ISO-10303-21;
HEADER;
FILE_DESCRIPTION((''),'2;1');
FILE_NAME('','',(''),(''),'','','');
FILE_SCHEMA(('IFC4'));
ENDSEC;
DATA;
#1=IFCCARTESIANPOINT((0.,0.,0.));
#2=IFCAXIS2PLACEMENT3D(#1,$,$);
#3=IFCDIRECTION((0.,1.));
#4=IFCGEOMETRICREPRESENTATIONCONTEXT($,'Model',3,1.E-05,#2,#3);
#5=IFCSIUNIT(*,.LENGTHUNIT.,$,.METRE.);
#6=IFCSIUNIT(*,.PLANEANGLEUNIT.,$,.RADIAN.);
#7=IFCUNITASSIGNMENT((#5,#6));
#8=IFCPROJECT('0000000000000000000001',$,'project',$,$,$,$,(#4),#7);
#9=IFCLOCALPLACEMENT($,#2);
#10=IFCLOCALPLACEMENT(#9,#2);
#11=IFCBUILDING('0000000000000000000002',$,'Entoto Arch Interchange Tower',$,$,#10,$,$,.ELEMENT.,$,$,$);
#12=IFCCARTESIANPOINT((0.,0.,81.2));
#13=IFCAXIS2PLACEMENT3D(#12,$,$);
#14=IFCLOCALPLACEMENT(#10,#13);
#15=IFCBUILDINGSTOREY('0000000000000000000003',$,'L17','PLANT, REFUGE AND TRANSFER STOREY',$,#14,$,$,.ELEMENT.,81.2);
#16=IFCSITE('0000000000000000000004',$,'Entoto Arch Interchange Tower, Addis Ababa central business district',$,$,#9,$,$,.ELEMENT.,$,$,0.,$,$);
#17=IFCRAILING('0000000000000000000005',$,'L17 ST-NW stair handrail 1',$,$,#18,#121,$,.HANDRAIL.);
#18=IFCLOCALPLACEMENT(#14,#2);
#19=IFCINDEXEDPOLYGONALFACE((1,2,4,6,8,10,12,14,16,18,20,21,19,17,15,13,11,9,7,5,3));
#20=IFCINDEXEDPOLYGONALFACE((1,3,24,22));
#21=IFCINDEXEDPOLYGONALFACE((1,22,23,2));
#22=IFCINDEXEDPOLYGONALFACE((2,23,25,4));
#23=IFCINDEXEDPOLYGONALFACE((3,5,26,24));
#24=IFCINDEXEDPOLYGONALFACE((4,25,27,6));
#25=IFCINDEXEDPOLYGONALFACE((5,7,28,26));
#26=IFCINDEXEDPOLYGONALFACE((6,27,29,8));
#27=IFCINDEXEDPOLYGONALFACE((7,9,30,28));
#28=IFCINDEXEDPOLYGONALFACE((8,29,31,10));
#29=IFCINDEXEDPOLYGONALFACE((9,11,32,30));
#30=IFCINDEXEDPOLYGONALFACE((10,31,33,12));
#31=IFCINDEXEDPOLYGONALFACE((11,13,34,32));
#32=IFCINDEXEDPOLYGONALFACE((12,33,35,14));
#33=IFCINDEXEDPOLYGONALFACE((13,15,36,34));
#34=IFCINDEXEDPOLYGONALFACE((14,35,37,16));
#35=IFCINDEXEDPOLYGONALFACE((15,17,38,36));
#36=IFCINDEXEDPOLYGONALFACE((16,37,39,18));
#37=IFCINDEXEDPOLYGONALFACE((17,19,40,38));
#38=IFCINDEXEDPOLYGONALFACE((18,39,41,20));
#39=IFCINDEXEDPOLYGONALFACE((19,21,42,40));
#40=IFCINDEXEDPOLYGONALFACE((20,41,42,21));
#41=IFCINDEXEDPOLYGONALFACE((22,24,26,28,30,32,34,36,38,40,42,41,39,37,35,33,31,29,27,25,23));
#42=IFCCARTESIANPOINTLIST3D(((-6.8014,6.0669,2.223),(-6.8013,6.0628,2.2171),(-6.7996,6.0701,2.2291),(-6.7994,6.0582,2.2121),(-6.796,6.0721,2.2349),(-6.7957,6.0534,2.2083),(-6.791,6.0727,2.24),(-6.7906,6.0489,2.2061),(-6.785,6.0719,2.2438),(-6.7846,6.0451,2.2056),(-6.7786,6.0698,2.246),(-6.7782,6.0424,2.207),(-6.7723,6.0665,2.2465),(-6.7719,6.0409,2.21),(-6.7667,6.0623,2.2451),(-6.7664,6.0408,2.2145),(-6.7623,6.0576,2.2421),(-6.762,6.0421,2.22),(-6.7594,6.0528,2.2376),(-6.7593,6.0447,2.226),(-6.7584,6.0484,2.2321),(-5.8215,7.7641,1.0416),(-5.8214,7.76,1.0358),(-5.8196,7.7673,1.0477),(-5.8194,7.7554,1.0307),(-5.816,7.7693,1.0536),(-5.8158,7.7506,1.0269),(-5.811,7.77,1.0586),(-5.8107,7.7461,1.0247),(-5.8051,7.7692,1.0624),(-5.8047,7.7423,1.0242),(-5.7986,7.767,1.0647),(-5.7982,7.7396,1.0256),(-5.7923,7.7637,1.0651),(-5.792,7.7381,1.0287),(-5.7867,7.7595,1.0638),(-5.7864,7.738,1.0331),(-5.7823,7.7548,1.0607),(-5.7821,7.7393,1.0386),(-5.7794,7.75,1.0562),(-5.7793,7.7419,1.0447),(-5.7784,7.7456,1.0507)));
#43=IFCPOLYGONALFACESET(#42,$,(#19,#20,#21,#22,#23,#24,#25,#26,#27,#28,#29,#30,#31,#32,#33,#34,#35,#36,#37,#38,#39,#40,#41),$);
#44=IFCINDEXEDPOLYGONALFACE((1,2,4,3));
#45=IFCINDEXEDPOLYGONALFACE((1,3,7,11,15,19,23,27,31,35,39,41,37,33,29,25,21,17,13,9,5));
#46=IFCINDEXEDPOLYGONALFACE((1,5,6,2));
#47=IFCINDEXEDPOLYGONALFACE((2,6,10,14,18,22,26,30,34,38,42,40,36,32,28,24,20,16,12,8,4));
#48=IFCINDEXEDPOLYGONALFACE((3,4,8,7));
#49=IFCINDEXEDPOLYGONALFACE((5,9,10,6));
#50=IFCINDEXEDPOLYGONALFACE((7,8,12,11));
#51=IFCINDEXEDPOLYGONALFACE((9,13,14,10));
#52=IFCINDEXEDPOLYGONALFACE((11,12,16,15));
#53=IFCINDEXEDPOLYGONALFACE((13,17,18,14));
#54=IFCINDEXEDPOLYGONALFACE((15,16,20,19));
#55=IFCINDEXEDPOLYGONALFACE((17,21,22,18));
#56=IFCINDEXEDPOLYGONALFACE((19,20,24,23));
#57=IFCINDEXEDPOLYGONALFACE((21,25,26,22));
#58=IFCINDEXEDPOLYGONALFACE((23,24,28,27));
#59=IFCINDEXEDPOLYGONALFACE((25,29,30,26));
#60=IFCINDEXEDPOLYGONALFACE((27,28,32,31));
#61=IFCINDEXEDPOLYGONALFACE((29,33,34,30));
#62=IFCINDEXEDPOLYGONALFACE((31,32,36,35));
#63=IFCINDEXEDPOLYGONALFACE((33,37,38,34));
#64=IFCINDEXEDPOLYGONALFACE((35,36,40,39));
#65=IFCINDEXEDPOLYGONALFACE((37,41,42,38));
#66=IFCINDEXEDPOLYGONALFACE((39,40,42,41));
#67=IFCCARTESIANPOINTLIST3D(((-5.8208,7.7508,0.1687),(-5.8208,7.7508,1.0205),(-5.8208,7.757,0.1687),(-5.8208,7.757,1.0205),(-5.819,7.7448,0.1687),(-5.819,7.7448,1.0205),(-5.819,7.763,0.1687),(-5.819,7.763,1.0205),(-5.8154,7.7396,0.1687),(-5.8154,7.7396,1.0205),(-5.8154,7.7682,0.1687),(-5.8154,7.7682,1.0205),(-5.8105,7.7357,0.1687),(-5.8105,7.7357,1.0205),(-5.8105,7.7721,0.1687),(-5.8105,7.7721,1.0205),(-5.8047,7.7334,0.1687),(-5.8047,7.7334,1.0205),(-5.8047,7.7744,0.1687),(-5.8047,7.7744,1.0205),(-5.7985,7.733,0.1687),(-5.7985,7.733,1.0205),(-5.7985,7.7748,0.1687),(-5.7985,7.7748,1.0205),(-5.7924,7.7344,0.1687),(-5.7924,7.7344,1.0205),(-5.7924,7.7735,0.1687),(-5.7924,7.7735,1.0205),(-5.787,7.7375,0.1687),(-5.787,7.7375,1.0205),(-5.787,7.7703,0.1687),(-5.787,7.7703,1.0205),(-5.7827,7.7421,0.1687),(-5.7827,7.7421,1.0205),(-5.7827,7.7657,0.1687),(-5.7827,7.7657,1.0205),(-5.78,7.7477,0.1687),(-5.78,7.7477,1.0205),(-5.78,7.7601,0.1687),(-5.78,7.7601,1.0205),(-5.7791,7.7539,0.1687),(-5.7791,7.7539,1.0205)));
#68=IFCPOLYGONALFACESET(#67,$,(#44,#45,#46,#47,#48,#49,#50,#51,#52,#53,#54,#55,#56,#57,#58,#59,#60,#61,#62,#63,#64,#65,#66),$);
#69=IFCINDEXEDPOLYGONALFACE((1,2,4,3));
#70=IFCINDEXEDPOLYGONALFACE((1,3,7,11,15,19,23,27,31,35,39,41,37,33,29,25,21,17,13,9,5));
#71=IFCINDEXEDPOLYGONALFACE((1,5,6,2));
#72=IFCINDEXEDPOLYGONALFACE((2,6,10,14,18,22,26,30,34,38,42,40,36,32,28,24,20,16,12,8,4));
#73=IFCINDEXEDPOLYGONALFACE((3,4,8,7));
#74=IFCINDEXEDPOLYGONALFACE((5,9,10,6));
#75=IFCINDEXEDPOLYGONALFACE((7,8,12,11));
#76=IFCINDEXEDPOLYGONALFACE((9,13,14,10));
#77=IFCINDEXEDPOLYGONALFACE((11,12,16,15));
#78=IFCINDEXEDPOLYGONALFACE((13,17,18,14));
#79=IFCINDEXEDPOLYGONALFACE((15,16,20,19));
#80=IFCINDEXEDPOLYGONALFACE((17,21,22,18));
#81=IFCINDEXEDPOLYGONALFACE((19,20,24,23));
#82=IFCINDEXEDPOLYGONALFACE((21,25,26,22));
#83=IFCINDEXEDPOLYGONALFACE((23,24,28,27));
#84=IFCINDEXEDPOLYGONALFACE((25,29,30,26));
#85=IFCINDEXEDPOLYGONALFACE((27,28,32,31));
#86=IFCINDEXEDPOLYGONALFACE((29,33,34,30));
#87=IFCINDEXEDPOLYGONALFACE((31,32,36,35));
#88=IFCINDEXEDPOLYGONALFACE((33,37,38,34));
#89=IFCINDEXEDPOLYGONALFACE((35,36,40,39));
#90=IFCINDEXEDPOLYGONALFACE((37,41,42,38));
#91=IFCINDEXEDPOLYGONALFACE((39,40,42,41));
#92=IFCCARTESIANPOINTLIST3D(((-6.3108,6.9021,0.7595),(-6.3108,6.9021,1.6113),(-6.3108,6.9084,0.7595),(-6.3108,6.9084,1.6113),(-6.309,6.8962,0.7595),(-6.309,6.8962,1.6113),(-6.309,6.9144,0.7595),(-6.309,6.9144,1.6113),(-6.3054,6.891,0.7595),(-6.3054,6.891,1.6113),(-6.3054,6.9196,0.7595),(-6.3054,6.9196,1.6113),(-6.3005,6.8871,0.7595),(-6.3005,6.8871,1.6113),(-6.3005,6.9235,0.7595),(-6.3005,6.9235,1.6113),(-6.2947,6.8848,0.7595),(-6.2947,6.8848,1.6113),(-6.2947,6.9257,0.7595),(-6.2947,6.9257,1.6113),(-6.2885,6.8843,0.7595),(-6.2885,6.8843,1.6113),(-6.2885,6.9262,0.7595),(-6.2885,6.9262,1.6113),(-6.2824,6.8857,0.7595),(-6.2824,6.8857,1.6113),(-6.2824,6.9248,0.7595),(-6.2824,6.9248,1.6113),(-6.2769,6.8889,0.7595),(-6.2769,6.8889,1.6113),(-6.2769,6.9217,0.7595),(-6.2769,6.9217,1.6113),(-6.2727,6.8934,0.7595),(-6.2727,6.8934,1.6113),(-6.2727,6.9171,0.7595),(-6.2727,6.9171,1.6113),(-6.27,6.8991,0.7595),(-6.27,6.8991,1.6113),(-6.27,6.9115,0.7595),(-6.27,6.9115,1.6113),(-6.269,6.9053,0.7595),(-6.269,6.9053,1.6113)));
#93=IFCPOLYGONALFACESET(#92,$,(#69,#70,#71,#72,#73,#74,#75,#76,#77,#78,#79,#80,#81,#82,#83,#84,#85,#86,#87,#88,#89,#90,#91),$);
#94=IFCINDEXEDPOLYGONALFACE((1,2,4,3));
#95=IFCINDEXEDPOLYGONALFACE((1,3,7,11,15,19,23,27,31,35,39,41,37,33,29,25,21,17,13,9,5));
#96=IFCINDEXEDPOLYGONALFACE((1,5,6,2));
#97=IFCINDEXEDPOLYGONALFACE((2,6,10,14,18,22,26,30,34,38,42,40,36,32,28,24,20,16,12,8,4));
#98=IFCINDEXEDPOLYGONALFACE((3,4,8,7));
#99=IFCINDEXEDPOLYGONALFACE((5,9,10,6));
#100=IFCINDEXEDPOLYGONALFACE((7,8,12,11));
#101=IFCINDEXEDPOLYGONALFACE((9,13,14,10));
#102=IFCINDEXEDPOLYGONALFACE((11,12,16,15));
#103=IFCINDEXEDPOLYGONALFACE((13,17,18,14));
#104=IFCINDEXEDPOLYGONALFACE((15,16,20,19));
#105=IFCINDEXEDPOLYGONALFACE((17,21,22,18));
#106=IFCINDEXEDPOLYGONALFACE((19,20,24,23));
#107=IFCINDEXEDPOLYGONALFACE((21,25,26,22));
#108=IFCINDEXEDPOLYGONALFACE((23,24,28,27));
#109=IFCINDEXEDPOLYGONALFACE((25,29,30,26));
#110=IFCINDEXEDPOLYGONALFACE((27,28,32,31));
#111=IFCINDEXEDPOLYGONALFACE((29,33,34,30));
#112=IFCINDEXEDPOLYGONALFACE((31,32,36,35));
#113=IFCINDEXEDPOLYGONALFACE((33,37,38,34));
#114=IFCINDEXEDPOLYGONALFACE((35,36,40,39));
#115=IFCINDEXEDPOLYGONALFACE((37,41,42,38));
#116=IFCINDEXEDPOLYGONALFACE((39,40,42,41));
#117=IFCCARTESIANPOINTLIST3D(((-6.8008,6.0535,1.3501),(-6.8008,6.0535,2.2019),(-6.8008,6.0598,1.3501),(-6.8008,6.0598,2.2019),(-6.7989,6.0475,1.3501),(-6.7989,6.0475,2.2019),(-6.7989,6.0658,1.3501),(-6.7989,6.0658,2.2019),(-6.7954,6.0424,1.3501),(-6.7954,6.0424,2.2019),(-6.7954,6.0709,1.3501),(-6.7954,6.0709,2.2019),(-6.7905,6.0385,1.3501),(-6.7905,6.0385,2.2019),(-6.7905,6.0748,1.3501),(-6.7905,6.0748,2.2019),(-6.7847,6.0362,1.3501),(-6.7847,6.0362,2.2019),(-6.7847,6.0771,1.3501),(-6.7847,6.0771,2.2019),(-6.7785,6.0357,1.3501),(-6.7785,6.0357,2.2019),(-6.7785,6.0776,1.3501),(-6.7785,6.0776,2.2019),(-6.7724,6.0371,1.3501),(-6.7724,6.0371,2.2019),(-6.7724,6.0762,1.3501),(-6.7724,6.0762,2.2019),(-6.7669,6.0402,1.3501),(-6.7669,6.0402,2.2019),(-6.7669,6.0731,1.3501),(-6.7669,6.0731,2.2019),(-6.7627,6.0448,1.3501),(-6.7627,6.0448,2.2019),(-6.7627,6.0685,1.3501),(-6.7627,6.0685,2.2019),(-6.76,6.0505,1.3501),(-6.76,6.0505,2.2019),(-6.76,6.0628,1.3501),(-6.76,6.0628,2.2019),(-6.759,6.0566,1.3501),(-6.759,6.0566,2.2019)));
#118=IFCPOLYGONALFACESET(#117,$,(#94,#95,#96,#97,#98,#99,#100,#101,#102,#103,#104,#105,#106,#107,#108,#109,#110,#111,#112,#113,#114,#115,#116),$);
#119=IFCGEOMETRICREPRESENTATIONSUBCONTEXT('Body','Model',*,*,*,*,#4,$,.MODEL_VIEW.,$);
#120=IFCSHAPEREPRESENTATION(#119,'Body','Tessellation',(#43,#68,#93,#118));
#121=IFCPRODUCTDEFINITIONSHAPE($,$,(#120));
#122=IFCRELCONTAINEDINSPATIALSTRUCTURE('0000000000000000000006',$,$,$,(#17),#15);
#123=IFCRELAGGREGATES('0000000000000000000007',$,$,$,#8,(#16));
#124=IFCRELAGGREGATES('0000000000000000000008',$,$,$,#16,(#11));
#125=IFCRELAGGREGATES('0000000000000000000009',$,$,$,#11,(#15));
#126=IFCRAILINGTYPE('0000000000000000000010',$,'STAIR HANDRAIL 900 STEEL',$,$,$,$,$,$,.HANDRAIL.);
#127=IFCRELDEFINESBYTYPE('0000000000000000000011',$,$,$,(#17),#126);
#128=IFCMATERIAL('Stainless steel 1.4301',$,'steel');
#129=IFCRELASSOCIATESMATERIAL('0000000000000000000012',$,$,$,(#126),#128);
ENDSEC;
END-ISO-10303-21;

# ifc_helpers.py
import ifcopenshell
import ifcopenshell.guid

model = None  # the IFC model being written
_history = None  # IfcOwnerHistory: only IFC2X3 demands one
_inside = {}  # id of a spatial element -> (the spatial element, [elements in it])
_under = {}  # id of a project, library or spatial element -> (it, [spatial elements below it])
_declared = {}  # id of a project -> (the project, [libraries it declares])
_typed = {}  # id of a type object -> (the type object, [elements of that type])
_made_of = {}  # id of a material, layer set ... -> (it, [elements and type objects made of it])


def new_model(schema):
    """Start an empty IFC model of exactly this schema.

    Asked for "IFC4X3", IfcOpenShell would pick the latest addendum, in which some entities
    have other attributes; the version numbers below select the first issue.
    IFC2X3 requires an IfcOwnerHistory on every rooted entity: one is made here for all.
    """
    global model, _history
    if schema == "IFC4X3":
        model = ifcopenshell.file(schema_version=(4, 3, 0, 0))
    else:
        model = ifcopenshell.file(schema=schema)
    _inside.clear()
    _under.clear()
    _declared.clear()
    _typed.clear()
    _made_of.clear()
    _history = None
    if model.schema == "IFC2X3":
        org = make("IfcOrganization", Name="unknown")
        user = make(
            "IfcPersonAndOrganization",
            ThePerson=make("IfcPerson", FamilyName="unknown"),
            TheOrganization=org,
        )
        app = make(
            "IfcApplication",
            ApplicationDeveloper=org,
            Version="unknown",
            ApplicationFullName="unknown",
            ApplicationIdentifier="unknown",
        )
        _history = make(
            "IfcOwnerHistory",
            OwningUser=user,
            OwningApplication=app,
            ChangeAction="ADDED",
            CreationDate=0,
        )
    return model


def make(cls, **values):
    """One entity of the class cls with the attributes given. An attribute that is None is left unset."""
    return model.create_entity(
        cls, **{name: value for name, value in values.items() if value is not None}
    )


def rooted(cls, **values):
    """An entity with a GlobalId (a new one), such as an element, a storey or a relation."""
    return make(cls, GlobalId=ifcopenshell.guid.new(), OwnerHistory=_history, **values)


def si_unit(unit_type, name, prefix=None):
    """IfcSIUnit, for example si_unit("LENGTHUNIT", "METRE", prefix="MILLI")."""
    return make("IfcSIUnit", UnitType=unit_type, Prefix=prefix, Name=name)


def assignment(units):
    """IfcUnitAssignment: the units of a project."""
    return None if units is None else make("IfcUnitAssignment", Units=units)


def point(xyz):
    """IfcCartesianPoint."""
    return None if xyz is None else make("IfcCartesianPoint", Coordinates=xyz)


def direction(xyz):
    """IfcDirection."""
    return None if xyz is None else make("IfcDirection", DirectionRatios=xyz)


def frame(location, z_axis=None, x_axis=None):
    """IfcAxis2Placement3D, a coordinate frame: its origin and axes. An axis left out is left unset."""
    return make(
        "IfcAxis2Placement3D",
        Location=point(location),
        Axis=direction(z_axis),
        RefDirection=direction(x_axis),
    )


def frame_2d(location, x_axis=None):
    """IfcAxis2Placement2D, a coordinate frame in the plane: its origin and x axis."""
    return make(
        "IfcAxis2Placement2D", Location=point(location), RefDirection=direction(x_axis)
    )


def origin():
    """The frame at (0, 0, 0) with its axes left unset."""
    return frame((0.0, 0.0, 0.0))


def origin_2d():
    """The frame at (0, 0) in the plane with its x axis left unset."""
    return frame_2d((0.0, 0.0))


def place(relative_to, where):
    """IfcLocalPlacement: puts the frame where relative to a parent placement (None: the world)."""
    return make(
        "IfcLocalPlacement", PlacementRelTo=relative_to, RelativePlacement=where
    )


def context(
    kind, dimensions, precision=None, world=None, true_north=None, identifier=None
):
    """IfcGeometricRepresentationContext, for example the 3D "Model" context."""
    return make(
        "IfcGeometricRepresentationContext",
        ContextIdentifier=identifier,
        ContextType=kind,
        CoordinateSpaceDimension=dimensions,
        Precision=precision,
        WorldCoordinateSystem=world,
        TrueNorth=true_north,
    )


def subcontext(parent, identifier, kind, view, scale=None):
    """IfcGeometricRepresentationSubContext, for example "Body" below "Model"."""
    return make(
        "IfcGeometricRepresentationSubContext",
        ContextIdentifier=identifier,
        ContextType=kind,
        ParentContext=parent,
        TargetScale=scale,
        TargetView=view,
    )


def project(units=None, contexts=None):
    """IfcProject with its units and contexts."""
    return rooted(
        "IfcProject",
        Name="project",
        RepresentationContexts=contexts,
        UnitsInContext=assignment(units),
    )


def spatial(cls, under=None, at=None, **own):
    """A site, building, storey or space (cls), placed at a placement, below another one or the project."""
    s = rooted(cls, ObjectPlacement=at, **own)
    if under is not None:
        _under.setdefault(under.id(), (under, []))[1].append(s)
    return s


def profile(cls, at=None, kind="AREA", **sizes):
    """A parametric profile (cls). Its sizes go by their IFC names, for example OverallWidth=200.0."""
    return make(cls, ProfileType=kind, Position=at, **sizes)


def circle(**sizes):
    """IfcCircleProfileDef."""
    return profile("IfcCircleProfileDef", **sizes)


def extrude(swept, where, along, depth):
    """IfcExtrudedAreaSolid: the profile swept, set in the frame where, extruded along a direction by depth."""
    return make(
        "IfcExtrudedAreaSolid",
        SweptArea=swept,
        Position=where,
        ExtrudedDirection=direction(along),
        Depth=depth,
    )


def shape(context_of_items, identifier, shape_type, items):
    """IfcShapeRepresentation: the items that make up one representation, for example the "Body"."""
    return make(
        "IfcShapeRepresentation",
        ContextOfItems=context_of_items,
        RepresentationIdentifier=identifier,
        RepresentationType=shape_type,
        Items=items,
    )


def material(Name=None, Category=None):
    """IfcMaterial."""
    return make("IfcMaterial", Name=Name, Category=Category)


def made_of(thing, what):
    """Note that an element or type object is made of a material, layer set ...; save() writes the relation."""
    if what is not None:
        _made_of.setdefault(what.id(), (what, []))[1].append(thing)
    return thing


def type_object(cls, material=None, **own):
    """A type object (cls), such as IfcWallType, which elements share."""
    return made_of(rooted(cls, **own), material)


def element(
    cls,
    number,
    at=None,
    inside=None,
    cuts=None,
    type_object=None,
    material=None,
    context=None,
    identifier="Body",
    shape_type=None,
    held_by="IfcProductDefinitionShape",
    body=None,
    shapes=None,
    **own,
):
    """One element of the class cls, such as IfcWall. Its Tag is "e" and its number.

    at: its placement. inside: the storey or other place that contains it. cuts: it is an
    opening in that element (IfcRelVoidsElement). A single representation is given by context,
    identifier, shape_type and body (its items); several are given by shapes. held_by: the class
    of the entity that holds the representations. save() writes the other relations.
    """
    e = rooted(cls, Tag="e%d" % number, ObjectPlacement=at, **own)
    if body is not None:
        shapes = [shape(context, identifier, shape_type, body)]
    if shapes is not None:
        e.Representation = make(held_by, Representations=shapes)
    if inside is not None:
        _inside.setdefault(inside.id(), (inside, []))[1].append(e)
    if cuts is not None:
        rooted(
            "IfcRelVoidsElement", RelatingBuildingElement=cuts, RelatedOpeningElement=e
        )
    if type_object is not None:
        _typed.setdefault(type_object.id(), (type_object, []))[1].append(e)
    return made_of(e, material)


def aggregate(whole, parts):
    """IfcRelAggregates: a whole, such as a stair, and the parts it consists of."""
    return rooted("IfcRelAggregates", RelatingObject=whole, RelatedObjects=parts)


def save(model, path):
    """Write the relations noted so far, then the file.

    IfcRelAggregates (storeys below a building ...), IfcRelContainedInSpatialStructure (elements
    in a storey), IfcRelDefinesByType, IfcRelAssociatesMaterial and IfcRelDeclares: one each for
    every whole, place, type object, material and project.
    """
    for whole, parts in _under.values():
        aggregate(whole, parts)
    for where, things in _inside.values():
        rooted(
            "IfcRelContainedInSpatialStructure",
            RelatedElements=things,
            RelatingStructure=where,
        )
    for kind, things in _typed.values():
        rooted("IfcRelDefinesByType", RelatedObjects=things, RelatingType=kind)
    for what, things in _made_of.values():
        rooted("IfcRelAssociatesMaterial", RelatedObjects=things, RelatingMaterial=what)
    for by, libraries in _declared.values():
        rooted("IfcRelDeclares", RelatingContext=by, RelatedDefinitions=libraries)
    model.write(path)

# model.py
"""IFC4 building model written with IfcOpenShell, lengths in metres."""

from ifc_helpers import new_model, si_unit, direction, frame, origin, origin_2d, place, context, subcontext, project, spatial, circle, extrude, material, type_object, element, save


model = new_model("IFC4")

# Units and contexts
model_context = context("Model", 3, precision=1e-05, world=origin(), true_north=direction((0.0, 1.0)))
body_context = subcontext(model_context, "Body", "Model", "MODEL_VIEW")
ifc_project = project(units=[si_unit("LENGTHUNIT", "METRE"), si_unit("PLANEANGLEUNIT", "RADIAN")], contexts=[model_context])

# Site, building, storey
site_placement = place(None, origin())
site = spatial("IfcSite", under=ifc_project, at=site_placement, Name="Entoto Arch Interchange Tower, Addis Ababa central business district", CompositionType="ELEMENT", RefElevation=0.0)
building_placement = place(site_placement, origin())
building = spatial("IfcBuilding", under=site, at=building_placement, Name="Entoto Arch Interchange Tower", CompositionType="ELEMENT")
storey_placement = place(building_placement, frame((0.0, 0.0, 81.2)))
storey = spatial("IfcBuildingStorey", under=building, at=storey_placement, Name="L17", Description="PLANT, REFUGE AND TRANSFER STOREY", CompositionType="ELEMENT", Elevation=81.2)

# Railing
ifc_material_1 = material(Name="Stainless steel 1.4301", Category="steel")
railing_type_1 = type_object("IfcRailingType", Name="STAIR HANDRAIL 900 STEEL", PredefinedType="HANDRAIL", material=ifc_material_1)
railing_1_placement = place(storey_placement, frame((-5.8, 7.7539, 0.1687)))
element("IfcRailing", 1, at=railing_1_placement, inside=storey, type_object=railing_type_1, Name="L17 ST-NW stair handrail 1", PredefinedType="HANDRAIL", context=body_context, shape_type="SweptSolid", body=[
    extrude(circle(Radius=0.0239, at=origin_2d()), frame((0.0, 0.0, 0.876), z_axis=(-0.428238, -0.741683, 0.516255), x_axis=(0.866011, -0.500024, 0.0)), (0.0, 0.0, 1.0), 2.2883),
    extrude(circle(Radius=0.021, at=origin_2d()), origin(), (0.0, 0.0, 1.0), 0.8518),
    extrude(circle(Radius=0.021, at=origin_2d()), frame((-0.49, -0.8486, 0.5908)), (0.0, 0.0, 1.0), 0.8518),
    extrude(circle(Radius=0.021, at=origin_2d()), frame((-0.98, -1.6973, 1.1814)), (0.0, 0.0, 1.0), 0.8518),
])

save(model, "model.ifc")
